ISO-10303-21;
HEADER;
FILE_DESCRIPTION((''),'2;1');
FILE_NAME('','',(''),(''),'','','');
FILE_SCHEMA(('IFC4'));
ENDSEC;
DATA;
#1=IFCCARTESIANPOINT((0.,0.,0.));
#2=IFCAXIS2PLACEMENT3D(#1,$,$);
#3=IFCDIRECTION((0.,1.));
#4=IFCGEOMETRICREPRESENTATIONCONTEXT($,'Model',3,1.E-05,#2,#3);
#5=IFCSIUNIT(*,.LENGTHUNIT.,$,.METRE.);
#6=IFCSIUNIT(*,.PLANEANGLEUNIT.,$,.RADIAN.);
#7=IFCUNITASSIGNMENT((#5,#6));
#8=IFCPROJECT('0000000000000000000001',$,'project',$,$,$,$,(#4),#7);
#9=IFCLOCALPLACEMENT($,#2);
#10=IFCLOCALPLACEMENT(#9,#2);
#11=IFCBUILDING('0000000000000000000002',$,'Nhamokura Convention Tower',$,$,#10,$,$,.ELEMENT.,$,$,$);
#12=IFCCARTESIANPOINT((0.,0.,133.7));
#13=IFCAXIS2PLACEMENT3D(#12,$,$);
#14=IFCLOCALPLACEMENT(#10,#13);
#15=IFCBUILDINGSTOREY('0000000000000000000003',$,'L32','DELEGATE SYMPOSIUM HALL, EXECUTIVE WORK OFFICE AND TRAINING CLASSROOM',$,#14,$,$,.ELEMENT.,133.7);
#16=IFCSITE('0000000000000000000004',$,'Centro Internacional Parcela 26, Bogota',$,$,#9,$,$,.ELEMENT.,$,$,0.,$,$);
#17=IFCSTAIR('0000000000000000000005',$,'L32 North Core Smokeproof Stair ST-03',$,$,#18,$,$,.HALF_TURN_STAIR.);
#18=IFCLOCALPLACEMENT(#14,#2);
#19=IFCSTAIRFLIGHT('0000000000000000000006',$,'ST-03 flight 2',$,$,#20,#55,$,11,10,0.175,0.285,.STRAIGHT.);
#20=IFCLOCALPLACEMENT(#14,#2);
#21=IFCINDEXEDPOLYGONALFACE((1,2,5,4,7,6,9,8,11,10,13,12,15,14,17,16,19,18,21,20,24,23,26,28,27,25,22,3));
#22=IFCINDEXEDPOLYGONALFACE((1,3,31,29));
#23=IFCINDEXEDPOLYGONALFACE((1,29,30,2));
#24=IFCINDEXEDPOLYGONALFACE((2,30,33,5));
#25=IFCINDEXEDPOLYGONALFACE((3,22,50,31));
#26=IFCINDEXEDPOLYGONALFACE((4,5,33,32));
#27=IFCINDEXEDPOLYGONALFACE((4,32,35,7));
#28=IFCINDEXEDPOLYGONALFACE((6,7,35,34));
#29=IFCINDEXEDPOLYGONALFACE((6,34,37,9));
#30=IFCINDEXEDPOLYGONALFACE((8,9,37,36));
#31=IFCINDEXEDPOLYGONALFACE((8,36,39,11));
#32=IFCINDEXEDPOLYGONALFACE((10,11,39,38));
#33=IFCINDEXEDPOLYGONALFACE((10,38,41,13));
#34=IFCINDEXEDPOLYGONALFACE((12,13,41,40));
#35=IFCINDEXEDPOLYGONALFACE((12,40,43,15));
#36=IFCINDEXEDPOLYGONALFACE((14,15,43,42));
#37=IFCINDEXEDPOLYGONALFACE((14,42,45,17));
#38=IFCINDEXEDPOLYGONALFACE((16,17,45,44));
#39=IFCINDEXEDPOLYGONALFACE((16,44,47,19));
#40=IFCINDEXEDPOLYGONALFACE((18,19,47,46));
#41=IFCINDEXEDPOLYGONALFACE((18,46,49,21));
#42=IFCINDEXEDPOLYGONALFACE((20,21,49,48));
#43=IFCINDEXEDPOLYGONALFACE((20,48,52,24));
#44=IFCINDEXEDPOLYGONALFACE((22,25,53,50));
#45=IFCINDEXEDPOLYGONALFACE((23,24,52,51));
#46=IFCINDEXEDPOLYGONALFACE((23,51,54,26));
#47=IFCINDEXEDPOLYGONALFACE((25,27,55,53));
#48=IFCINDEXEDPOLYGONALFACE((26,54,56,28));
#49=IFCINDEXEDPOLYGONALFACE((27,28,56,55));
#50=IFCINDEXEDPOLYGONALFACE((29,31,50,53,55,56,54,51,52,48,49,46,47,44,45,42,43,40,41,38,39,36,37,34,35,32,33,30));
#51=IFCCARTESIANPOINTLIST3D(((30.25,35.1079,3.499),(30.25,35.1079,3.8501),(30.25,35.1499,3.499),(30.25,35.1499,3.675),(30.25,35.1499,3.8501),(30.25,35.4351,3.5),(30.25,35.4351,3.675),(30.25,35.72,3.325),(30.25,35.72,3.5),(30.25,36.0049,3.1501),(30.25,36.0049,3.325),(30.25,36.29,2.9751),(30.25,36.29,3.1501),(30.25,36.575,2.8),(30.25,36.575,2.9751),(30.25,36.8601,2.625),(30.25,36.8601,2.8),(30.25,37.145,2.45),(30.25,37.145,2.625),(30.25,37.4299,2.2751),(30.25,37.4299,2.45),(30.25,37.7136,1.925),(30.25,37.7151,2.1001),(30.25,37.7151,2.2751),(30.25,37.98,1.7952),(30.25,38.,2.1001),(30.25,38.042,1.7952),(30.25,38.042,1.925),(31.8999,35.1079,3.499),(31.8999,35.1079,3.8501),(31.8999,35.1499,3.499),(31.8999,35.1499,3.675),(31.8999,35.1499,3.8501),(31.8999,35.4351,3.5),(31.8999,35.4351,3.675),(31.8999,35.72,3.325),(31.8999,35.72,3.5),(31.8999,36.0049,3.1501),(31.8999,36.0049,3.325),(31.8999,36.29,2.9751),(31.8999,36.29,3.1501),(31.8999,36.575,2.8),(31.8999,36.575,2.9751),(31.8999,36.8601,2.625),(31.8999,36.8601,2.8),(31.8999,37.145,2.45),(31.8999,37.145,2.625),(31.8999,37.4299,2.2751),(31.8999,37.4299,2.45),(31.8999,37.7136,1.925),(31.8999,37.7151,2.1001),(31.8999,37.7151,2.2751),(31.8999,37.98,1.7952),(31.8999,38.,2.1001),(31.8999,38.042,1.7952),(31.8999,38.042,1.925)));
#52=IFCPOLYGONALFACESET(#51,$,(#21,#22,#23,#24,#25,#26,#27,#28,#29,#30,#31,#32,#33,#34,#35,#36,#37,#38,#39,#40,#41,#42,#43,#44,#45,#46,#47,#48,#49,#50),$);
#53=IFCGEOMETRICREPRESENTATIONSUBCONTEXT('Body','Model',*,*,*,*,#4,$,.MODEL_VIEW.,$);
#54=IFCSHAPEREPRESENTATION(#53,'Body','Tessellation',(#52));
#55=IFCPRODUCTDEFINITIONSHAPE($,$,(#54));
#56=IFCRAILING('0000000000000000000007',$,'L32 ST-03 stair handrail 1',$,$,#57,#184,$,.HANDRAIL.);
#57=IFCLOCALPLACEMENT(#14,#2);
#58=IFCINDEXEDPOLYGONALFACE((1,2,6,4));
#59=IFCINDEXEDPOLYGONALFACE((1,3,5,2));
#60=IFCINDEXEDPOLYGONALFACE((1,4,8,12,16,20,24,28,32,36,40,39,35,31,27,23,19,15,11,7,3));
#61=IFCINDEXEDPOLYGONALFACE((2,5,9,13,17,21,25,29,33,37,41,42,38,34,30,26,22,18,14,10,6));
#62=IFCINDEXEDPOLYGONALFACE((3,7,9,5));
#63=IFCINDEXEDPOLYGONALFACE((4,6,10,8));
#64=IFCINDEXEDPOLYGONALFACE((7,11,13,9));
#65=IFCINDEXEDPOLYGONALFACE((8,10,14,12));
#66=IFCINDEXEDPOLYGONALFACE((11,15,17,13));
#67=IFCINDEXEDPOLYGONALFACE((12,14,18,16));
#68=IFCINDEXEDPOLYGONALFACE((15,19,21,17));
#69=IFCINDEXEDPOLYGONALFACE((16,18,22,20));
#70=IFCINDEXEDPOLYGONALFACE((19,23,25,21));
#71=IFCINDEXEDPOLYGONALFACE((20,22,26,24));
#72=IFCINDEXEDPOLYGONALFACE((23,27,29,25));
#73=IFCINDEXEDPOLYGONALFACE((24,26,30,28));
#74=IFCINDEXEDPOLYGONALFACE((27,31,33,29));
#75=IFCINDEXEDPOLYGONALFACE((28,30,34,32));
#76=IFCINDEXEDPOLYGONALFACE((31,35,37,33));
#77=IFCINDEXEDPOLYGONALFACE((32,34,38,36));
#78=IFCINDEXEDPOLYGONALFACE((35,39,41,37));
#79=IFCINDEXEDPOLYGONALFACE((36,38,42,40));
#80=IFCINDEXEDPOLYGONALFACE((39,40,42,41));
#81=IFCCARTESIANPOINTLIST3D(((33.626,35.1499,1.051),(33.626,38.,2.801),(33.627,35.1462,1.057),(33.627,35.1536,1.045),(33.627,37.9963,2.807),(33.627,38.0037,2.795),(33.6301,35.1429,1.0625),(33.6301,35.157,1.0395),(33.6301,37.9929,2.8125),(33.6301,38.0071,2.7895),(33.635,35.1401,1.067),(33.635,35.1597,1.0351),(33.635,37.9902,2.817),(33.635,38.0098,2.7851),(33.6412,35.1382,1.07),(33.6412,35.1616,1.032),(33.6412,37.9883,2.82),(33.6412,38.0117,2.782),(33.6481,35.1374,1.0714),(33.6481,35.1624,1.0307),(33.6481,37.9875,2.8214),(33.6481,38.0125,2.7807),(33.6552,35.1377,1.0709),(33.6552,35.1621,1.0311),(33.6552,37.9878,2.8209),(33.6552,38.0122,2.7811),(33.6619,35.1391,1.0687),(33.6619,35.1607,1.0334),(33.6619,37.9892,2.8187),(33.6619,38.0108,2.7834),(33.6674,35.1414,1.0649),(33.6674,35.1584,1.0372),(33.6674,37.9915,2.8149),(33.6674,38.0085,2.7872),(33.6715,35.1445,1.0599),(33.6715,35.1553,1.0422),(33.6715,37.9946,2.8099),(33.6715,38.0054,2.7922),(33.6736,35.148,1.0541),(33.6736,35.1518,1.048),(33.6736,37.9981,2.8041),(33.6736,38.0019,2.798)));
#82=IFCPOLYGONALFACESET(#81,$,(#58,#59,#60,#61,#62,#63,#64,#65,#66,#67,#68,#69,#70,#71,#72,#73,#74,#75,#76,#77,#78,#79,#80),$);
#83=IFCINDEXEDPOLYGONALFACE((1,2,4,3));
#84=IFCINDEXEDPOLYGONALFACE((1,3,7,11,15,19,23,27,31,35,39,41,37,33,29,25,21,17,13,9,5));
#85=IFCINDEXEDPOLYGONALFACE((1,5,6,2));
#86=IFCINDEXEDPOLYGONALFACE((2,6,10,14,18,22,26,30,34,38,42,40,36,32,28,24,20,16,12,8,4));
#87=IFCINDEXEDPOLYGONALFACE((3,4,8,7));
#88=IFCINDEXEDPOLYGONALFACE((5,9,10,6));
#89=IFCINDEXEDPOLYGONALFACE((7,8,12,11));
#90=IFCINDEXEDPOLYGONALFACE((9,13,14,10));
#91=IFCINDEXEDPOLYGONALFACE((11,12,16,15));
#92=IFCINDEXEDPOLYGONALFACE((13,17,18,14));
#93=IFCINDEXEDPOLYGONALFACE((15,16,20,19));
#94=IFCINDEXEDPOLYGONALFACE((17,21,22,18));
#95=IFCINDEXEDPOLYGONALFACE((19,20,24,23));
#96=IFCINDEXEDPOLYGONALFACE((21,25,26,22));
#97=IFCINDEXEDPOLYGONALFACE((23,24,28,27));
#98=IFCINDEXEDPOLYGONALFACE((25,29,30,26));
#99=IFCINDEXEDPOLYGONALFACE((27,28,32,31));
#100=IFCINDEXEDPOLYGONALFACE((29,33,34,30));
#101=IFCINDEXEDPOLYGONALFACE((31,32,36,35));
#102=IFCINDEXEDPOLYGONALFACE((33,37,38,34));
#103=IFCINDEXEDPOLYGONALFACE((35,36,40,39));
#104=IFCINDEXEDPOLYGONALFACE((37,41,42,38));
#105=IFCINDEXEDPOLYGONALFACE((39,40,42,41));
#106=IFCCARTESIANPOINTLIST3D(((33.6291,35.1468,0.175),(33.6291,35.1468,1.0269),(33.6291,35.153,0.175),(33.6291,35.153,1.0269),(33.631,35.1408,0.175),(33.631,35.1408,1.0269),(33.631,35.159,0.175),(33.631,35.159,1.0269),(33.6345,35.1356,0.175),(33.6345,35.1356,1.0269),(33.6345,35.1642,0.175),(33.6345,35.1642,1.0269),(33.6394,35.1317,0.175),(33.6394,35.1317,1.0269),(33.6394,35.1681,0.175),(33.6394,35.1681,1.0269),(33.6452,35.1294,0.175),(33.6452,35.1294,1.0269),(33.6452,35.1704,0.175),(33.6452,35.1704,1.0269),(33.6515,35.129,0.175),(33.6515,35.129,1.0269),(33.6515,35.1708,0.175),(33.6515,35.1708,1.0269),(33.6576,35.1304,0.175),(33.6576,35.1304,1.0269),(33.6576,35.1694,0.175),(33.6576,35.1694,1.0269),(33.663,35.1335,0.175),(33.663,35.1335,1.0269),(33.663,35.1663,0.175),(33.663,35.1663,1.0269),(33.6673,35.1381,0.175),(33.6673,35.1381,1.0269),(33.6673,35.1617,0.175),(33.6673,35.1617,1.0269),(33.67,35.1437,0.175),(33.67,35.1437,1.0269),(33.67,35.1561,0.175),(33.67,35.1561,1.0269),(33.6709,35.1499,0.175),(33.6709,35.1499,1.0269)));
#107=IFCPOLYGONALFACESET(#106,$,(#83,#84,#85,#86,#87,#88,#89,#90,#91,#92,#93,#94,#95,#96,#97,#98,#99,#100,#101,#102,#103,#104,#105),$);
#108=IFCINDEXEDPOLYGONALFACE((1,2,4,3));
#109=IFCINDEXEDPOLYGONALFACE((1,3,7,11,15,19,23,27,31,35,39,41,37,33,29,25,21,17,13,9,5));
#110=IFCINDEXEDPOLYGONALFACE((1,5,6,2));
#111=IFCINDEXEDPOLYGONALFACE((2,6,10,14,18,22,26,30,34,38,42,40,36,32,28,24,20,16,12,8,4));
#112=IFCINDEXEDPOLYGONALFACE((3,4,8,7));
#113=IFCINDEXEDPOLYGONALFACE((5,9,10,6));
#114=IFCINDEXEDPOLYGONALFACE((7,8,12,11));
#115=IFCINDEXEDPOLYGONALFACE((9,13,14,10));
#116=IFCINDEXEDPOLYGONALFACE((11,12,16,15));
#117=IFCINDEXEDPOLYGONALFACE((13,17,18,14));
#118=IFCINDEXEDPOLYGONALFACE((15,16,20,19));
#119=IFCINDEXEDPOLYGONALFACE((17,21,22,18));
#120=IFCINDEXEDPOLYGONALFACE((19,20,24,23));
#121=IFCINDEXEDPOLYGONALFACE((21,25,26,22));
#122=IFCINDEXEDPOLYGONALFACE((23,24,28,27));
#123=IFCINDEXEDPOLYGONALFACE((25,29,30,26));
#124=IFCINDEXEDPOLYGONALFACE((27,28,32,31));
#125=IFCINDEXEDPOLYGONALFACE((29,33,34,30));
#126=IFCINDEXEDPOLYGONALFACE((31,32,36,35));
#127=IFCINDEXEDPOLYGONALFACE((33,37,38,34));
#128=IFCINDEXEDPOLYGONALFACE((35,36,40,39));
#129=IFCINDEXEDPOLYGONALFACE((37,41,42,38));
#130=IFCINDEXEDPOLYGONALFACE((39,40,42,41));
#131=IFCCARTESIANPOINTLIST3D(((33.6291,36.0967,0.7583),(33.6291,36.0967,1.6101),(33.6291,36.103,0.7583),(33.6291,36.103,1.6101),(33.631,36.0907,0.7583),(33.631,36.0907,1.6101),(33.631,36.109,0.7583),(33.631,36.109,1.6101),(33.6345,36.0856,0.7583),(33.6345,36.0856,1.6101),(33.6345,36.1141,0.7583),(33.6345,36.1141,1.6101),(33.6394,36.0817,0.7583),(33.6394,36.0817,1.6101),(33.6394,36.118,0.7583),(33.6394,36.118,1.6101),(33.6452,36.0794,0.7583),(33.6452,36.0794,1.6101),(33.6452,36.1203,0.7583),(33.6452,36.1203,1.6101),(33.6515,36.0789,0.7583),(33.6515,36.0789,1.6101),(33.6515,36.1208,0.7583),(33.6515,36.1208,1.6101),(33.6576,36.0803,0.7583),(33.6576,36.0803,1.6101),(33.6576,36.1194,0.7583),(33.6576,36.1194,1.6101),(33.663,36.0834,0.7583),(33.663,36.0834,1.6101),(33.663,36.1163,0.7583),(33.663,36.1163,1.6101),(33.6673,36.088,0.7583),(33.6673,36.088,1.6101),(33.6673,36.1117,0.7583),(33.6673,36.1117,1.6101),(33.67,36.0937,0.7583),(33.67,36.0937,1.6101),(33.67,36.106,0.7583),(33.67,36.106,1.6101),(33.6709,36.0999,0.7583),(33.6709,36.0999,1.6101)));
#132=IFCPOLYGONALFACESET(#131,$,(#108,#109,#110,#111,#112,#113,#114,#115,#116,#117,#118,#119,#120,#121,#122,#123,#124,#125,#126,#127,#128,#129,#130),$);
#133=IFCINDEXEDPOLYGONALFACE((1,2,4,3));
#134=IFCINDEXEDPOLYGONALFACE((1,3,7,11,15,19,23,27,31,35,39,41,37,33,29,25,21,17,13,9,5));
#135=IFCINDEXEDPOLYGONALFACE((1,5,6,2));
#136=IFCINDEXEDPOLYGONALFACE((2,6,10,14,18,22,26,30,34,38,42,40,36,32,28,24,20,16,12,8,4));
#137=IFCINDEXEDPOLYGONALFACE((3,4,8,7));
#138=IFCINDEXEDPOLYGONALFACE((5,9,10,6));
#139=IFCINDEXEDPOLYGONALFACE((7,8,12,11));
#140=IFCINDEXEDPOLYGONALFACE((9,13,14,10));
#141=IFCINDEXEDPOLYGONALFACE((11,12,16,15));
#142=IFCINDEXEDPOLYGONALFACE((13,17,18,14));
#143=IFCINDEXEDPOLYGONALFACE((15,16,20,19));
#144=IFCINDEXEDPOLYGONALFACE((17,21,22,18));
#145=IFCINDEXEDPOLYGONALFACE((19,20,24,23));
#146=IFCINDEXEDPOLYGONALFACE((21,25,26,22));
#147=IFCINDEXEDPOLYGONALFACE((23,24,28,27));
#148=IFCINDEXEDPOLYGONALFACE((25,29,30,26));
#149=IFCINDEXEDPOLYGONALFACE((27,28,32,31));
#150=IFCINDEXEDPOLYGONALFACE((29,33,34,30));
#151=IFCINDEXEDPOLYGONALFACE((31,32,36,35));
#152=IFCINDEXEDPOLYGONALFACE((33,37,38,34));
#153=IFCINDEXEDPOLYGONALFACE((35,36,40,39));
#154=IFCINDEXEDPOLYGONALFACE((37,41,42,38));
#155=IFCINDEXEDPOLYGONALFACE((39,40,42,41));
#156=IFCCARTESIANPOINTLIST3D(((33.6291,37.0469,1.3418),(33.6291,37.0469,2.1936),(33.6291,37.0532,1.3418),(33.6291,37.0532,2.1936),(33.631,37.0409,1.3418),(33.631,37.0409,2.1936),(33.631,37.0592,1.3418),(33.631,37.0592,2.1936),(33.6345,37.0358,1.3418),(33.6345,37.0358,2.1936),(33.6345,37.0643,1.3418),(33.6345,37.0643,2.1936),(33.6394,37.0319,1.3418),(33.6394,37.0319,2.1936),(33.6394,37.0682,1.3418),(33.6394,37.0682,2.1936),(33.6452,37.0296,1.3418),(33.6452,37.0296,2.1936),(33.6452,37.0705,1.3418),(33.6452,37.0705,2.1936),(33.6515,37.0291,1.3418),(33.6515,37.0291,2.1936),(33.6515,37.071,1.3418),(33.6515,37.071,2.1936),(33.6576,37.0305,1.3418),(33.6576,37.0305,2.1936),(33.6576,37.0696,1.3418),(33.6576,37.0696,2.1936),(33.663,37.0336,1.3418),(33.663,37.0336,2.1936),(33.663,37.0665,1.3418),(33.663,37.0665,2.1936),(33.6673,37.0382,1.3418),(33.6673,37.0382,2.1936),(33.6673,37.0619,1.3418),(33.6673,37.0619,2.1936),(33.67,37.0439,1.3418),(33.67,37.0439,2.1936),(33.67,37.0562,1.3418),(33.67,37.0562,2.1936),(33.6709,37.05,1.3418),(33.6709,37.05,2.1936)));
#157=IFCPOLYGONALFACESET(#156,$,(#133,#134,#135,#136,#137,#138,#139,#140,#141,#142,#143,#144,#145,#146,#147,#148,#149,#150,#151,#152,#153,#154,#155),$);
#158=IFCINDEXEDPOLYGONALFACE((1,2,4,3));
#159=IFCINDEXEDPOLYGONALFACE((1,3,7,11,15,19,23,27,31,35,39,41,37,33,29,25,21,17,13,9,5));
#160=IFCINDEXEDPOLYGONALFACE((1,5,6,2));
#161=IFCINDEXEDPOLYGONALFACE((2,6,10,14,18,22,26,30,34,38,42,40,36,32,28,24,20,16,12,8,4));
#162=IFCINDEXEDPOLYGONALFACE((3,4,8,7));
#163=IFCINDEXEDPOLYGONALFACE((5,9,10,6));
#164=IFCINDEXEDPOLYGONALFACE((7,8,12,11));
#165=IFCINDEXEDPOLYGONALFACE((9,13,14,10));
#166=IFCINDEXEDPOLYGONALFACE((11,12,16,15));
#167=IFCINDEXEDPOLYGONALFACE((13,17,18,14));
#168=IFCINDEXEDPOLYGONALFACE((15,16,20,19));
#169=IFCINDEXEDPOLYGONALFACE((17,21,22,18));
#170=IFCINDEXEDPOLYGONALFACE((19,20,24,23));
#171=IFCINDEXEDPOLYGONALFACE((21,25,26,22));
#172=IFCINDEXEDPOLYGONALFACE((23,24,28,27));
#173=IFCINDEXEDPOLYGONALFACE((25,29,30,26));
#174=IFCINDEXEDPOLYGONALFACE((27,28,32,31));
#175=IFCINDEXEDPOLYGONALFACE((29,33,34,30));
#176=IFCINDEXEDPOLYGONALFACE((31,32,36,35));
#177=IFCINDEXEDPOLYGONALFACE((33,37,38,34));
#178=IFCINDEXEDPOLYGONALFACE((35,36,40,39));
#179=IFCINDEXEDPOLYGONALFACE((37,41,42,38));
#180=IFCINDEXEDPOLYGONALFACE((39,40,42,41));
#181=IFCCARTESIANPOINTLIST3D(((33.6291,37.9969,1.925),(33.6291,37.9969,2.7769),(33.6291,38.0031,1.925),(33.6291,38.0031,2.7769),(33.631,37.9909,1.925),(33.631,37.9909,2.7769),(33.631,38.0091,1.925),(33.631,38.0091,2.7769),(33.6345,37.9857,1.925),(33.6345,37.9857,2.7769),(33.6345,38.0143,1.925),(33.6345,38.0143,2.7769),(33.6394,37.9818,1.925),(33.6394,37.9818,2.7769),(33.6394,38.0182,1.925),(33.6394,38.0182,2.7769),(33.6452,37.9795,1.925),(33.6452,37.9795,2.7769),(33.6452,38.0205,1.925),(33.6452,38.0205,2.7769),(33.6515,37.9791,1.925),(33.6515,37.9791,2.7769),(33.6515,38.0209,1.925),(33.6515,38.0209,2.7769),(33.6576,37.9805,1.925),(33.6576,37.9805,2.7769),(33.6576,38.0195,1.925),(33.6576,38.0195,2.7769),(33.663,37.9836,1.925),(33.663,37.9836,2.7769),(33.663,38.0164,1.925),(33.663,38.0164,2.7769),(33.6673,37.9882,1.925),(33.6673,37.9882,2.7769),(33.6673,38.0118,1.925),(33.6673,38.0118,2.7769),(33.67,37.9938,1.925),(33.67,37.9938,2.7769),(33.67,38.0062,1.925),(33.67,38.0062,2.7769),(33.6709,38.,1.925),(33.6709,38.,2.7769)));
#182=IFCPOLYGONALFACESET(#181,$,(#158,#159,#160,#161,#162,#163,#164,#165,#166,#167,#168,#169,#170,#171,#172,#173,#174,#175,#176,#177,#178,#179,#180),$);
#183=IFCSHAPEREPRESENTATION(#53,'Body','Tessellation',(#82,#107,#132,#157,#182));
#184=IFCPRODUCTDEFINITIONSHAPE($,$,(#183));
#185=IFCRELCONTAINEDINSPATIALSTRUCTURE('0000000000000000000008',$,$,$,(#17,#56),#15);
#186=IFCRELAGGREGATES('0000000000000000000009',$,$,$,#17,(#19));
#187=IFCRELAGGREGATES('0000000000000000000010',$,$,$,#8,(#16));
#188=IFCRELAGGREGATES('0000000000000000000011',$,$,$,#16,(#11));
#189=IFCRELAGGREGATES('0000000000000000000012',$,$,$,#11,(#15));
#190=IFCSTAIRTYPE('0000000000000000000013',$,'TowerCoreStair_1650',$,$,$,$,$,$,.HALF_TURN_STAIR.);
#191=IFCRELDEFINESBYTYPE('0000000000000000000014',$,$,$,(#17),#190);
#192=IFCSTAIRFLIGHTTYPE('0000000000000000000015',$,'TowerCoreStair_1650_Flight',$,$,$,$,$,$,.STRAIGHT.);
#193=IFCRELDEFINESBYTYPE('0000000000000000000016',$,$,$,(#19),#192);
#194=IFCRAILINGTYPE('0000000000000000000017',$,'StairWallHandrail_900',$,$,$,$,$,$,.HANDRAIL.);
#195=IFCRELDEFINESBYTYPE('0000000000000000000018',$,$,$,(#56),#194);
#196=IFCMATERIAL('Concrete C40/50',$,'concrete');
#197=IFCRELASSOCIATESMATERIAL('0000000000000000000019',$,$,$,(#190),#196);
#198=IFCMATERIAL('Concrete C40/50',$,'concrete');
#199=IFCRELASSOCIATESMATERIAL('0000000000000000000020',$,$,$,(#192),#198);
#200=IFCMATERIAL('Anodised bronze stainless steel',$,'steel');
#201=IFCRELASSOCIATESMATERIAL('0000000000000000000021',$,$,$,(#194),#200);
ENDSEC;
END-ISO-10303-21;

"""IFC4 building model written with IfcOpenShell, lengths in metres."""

from ifc_helpers import new_model, si_unit, direction, frame, origin, origin_2d, place, context, subcontext, project, spatial, polyline, circle, outline, extrude, material, type_object, element, aggregate, save


model = new_model("IFC4")

# Units and contexts
model_context = context("Model", 3, precision=1e-05, world=origin(), true_north=direction((0.0, 1.0)))
body_context = subcontext(model_context, "Body", "Model", "MODEL_VIEW")
ifc_project = project(units=[si_unit("LENGTHUNIT", "METRE"), si_unit("PLANEANGLEUNIT", "RADIAN")], contexts=[model_context])

# Site, building, storey
site_placement = place(None, origin())
site = spatial("IfcSite", under=ifc_project, at=site_placement, Name="Centro Internacional Parcela 26, Bogota", CompositionType="ELEMENT", RefElevation=0.0)
building_placement = place(site_placement, origin())
building = spatial("IfcBuilding", under=site, at=building_placement, Name="Nhamokura Convention Tower", CompositionType="ELEMENT")
storey_placement = place(building_placement, frame((0.0, 0.0, 133.7)))
storey = spatial("IfcBuildingStorey", under=building, at=storey_placement, Name="L32", Description="DELEGATE SYMPOSIUM HALL, EXECUTIVE WORK OFFICE AND TRAINING CLASSROOM", CompositionType="ELEMENT", Elevation=133.7)

# Stair, stair flight
ifc_material_1 = material(Name="Concrete C40/50", Category="concrete")
stair_type = type_object("IfcStairType", Name="TowerCoreStair_1650", PredefinedType="HALF_TURN_STAIR", material=ifc_material_1)
stair_placement = place(storey_placement, origin())
stair = element("IfcStair", 1, at=stair_placement, inside=storey, type_object=stair_type, Name="L32 North Core Smokeproof Stair ST-03", PredefinedType="HALF_TURN_STAIR")
ifc_material_2 = material(Name="Concrete C40/50", Category="concrete")
stair_flight_type = type_object("IfcStairFlightType", Name="TowerCoreStair_1650_Flight", PredefinedType="STRAIGHT", material=ifc_material_2)
stair_flight_1_placement = place(storey_placement, frame((31.075, 38.0, 1.925), z_axis=(0.0, 0.0, 1.0), x_axis=(0.0, -1.0, 0.0)))
stair_flight_1 = element("IfcStairFlight", 2, at=stair_flight_1_placement, type_object=stair_flight_type, Name="ST-03 flight 2", NumberOfRisers=11, NumberOfTreads=10, PredefinedType="STRAIGHT", RiserHeight=0.175, TreadLength=0.285, context=body_context, shape_type="SweptSolid", body=[
    extrude(outline(polyline([(-0.042, 0.0), (0.0, 0.175), (0.2849, 0.175), (0.2849, 0.3501), (0.5701, 0.3501), (0.5701, 0.5249), (0.855, 0.5249), (0.855, 0.7), (1.1399, 0.7), (1.1399, 0.875), (1.425, 0.875), (1.425, 1.05), (1.71, 1.05), (1.71, 1.2251), (1.9951, 1.2251), (1.9951, 1.3999), (2.28, 1.3999), (2.28, 1.575), (2.5649, 1.575), (2.5649, 1.75), (2.8501, 1.75), (2.8501, 1.925), (2.8921, 1.925), (2.8921, 1.574), (2.8501, 1.574), (0.2864, 0.0), (0.02, -0.1299), (-0.042, -0.1299), (-0.042, 0.0)])), frame((0.0, 0.825, 0.0), z_axis=(0.0, -1.0, 0.0), x_axis=(1.0, 0.0, 0.0)), (0.0, 0.0, 1.0), 1.6499),
])
aggregate(stair, [stair_flight_1])

# Railing
ifc_material_3 = material(Name="Anodised bronze stainless steel", Category="steel")
railing_type_1 = type_object("IfcRailingType", Name="StairWallHandrail_900", PredefinedType="HANDRAIL", material=ifc_material_3)
railing_1_placement = place(storey_placement, frame((33.6499, 35.1499, 0.175)))
element("IfcRailing", 3, at=railing_1_placement, inside=storey, type_object=railing_type_1, Name="L32 ST-03 stair handrail 1", PredefinedType="HANDRAIL", context=body_context, shape_type="SweptSolid", body=[
    extrude(circle(Radius=0.0239, at=origin_2d()), frame((0.0, 0.0, 0.876), z_axis=(0.0, 0.852179, 0.52325), x_axis=(-1.0, 0.0, 0.0)), (0.0, 0.0, 1.0), 3.3445),
    extrude(circle(Radius=0.021, at=origin_2d()), origin(), (0.0, 0.0, 1.0), 0.8518),
    extrude(circle(Radius=0.021, at=origin_2d()), frame((0.0, 0.95, 0.5833)), (0.0, 0.0, 1.0), 0.8518),
    extrude(circle(Radius=0.021, at=origin_2d()), frame((0.0, 1.9001, 1.1667)), (0.0, 0.0, 1.0), 0.8518),
    extrude(circle(Radius=0.021, at=origin_2d()), frame((0.0, 2.8501, 1.75)), (0.0, 0.0, 1.0), 0.8518),
])

save(model, "model.ifc")
